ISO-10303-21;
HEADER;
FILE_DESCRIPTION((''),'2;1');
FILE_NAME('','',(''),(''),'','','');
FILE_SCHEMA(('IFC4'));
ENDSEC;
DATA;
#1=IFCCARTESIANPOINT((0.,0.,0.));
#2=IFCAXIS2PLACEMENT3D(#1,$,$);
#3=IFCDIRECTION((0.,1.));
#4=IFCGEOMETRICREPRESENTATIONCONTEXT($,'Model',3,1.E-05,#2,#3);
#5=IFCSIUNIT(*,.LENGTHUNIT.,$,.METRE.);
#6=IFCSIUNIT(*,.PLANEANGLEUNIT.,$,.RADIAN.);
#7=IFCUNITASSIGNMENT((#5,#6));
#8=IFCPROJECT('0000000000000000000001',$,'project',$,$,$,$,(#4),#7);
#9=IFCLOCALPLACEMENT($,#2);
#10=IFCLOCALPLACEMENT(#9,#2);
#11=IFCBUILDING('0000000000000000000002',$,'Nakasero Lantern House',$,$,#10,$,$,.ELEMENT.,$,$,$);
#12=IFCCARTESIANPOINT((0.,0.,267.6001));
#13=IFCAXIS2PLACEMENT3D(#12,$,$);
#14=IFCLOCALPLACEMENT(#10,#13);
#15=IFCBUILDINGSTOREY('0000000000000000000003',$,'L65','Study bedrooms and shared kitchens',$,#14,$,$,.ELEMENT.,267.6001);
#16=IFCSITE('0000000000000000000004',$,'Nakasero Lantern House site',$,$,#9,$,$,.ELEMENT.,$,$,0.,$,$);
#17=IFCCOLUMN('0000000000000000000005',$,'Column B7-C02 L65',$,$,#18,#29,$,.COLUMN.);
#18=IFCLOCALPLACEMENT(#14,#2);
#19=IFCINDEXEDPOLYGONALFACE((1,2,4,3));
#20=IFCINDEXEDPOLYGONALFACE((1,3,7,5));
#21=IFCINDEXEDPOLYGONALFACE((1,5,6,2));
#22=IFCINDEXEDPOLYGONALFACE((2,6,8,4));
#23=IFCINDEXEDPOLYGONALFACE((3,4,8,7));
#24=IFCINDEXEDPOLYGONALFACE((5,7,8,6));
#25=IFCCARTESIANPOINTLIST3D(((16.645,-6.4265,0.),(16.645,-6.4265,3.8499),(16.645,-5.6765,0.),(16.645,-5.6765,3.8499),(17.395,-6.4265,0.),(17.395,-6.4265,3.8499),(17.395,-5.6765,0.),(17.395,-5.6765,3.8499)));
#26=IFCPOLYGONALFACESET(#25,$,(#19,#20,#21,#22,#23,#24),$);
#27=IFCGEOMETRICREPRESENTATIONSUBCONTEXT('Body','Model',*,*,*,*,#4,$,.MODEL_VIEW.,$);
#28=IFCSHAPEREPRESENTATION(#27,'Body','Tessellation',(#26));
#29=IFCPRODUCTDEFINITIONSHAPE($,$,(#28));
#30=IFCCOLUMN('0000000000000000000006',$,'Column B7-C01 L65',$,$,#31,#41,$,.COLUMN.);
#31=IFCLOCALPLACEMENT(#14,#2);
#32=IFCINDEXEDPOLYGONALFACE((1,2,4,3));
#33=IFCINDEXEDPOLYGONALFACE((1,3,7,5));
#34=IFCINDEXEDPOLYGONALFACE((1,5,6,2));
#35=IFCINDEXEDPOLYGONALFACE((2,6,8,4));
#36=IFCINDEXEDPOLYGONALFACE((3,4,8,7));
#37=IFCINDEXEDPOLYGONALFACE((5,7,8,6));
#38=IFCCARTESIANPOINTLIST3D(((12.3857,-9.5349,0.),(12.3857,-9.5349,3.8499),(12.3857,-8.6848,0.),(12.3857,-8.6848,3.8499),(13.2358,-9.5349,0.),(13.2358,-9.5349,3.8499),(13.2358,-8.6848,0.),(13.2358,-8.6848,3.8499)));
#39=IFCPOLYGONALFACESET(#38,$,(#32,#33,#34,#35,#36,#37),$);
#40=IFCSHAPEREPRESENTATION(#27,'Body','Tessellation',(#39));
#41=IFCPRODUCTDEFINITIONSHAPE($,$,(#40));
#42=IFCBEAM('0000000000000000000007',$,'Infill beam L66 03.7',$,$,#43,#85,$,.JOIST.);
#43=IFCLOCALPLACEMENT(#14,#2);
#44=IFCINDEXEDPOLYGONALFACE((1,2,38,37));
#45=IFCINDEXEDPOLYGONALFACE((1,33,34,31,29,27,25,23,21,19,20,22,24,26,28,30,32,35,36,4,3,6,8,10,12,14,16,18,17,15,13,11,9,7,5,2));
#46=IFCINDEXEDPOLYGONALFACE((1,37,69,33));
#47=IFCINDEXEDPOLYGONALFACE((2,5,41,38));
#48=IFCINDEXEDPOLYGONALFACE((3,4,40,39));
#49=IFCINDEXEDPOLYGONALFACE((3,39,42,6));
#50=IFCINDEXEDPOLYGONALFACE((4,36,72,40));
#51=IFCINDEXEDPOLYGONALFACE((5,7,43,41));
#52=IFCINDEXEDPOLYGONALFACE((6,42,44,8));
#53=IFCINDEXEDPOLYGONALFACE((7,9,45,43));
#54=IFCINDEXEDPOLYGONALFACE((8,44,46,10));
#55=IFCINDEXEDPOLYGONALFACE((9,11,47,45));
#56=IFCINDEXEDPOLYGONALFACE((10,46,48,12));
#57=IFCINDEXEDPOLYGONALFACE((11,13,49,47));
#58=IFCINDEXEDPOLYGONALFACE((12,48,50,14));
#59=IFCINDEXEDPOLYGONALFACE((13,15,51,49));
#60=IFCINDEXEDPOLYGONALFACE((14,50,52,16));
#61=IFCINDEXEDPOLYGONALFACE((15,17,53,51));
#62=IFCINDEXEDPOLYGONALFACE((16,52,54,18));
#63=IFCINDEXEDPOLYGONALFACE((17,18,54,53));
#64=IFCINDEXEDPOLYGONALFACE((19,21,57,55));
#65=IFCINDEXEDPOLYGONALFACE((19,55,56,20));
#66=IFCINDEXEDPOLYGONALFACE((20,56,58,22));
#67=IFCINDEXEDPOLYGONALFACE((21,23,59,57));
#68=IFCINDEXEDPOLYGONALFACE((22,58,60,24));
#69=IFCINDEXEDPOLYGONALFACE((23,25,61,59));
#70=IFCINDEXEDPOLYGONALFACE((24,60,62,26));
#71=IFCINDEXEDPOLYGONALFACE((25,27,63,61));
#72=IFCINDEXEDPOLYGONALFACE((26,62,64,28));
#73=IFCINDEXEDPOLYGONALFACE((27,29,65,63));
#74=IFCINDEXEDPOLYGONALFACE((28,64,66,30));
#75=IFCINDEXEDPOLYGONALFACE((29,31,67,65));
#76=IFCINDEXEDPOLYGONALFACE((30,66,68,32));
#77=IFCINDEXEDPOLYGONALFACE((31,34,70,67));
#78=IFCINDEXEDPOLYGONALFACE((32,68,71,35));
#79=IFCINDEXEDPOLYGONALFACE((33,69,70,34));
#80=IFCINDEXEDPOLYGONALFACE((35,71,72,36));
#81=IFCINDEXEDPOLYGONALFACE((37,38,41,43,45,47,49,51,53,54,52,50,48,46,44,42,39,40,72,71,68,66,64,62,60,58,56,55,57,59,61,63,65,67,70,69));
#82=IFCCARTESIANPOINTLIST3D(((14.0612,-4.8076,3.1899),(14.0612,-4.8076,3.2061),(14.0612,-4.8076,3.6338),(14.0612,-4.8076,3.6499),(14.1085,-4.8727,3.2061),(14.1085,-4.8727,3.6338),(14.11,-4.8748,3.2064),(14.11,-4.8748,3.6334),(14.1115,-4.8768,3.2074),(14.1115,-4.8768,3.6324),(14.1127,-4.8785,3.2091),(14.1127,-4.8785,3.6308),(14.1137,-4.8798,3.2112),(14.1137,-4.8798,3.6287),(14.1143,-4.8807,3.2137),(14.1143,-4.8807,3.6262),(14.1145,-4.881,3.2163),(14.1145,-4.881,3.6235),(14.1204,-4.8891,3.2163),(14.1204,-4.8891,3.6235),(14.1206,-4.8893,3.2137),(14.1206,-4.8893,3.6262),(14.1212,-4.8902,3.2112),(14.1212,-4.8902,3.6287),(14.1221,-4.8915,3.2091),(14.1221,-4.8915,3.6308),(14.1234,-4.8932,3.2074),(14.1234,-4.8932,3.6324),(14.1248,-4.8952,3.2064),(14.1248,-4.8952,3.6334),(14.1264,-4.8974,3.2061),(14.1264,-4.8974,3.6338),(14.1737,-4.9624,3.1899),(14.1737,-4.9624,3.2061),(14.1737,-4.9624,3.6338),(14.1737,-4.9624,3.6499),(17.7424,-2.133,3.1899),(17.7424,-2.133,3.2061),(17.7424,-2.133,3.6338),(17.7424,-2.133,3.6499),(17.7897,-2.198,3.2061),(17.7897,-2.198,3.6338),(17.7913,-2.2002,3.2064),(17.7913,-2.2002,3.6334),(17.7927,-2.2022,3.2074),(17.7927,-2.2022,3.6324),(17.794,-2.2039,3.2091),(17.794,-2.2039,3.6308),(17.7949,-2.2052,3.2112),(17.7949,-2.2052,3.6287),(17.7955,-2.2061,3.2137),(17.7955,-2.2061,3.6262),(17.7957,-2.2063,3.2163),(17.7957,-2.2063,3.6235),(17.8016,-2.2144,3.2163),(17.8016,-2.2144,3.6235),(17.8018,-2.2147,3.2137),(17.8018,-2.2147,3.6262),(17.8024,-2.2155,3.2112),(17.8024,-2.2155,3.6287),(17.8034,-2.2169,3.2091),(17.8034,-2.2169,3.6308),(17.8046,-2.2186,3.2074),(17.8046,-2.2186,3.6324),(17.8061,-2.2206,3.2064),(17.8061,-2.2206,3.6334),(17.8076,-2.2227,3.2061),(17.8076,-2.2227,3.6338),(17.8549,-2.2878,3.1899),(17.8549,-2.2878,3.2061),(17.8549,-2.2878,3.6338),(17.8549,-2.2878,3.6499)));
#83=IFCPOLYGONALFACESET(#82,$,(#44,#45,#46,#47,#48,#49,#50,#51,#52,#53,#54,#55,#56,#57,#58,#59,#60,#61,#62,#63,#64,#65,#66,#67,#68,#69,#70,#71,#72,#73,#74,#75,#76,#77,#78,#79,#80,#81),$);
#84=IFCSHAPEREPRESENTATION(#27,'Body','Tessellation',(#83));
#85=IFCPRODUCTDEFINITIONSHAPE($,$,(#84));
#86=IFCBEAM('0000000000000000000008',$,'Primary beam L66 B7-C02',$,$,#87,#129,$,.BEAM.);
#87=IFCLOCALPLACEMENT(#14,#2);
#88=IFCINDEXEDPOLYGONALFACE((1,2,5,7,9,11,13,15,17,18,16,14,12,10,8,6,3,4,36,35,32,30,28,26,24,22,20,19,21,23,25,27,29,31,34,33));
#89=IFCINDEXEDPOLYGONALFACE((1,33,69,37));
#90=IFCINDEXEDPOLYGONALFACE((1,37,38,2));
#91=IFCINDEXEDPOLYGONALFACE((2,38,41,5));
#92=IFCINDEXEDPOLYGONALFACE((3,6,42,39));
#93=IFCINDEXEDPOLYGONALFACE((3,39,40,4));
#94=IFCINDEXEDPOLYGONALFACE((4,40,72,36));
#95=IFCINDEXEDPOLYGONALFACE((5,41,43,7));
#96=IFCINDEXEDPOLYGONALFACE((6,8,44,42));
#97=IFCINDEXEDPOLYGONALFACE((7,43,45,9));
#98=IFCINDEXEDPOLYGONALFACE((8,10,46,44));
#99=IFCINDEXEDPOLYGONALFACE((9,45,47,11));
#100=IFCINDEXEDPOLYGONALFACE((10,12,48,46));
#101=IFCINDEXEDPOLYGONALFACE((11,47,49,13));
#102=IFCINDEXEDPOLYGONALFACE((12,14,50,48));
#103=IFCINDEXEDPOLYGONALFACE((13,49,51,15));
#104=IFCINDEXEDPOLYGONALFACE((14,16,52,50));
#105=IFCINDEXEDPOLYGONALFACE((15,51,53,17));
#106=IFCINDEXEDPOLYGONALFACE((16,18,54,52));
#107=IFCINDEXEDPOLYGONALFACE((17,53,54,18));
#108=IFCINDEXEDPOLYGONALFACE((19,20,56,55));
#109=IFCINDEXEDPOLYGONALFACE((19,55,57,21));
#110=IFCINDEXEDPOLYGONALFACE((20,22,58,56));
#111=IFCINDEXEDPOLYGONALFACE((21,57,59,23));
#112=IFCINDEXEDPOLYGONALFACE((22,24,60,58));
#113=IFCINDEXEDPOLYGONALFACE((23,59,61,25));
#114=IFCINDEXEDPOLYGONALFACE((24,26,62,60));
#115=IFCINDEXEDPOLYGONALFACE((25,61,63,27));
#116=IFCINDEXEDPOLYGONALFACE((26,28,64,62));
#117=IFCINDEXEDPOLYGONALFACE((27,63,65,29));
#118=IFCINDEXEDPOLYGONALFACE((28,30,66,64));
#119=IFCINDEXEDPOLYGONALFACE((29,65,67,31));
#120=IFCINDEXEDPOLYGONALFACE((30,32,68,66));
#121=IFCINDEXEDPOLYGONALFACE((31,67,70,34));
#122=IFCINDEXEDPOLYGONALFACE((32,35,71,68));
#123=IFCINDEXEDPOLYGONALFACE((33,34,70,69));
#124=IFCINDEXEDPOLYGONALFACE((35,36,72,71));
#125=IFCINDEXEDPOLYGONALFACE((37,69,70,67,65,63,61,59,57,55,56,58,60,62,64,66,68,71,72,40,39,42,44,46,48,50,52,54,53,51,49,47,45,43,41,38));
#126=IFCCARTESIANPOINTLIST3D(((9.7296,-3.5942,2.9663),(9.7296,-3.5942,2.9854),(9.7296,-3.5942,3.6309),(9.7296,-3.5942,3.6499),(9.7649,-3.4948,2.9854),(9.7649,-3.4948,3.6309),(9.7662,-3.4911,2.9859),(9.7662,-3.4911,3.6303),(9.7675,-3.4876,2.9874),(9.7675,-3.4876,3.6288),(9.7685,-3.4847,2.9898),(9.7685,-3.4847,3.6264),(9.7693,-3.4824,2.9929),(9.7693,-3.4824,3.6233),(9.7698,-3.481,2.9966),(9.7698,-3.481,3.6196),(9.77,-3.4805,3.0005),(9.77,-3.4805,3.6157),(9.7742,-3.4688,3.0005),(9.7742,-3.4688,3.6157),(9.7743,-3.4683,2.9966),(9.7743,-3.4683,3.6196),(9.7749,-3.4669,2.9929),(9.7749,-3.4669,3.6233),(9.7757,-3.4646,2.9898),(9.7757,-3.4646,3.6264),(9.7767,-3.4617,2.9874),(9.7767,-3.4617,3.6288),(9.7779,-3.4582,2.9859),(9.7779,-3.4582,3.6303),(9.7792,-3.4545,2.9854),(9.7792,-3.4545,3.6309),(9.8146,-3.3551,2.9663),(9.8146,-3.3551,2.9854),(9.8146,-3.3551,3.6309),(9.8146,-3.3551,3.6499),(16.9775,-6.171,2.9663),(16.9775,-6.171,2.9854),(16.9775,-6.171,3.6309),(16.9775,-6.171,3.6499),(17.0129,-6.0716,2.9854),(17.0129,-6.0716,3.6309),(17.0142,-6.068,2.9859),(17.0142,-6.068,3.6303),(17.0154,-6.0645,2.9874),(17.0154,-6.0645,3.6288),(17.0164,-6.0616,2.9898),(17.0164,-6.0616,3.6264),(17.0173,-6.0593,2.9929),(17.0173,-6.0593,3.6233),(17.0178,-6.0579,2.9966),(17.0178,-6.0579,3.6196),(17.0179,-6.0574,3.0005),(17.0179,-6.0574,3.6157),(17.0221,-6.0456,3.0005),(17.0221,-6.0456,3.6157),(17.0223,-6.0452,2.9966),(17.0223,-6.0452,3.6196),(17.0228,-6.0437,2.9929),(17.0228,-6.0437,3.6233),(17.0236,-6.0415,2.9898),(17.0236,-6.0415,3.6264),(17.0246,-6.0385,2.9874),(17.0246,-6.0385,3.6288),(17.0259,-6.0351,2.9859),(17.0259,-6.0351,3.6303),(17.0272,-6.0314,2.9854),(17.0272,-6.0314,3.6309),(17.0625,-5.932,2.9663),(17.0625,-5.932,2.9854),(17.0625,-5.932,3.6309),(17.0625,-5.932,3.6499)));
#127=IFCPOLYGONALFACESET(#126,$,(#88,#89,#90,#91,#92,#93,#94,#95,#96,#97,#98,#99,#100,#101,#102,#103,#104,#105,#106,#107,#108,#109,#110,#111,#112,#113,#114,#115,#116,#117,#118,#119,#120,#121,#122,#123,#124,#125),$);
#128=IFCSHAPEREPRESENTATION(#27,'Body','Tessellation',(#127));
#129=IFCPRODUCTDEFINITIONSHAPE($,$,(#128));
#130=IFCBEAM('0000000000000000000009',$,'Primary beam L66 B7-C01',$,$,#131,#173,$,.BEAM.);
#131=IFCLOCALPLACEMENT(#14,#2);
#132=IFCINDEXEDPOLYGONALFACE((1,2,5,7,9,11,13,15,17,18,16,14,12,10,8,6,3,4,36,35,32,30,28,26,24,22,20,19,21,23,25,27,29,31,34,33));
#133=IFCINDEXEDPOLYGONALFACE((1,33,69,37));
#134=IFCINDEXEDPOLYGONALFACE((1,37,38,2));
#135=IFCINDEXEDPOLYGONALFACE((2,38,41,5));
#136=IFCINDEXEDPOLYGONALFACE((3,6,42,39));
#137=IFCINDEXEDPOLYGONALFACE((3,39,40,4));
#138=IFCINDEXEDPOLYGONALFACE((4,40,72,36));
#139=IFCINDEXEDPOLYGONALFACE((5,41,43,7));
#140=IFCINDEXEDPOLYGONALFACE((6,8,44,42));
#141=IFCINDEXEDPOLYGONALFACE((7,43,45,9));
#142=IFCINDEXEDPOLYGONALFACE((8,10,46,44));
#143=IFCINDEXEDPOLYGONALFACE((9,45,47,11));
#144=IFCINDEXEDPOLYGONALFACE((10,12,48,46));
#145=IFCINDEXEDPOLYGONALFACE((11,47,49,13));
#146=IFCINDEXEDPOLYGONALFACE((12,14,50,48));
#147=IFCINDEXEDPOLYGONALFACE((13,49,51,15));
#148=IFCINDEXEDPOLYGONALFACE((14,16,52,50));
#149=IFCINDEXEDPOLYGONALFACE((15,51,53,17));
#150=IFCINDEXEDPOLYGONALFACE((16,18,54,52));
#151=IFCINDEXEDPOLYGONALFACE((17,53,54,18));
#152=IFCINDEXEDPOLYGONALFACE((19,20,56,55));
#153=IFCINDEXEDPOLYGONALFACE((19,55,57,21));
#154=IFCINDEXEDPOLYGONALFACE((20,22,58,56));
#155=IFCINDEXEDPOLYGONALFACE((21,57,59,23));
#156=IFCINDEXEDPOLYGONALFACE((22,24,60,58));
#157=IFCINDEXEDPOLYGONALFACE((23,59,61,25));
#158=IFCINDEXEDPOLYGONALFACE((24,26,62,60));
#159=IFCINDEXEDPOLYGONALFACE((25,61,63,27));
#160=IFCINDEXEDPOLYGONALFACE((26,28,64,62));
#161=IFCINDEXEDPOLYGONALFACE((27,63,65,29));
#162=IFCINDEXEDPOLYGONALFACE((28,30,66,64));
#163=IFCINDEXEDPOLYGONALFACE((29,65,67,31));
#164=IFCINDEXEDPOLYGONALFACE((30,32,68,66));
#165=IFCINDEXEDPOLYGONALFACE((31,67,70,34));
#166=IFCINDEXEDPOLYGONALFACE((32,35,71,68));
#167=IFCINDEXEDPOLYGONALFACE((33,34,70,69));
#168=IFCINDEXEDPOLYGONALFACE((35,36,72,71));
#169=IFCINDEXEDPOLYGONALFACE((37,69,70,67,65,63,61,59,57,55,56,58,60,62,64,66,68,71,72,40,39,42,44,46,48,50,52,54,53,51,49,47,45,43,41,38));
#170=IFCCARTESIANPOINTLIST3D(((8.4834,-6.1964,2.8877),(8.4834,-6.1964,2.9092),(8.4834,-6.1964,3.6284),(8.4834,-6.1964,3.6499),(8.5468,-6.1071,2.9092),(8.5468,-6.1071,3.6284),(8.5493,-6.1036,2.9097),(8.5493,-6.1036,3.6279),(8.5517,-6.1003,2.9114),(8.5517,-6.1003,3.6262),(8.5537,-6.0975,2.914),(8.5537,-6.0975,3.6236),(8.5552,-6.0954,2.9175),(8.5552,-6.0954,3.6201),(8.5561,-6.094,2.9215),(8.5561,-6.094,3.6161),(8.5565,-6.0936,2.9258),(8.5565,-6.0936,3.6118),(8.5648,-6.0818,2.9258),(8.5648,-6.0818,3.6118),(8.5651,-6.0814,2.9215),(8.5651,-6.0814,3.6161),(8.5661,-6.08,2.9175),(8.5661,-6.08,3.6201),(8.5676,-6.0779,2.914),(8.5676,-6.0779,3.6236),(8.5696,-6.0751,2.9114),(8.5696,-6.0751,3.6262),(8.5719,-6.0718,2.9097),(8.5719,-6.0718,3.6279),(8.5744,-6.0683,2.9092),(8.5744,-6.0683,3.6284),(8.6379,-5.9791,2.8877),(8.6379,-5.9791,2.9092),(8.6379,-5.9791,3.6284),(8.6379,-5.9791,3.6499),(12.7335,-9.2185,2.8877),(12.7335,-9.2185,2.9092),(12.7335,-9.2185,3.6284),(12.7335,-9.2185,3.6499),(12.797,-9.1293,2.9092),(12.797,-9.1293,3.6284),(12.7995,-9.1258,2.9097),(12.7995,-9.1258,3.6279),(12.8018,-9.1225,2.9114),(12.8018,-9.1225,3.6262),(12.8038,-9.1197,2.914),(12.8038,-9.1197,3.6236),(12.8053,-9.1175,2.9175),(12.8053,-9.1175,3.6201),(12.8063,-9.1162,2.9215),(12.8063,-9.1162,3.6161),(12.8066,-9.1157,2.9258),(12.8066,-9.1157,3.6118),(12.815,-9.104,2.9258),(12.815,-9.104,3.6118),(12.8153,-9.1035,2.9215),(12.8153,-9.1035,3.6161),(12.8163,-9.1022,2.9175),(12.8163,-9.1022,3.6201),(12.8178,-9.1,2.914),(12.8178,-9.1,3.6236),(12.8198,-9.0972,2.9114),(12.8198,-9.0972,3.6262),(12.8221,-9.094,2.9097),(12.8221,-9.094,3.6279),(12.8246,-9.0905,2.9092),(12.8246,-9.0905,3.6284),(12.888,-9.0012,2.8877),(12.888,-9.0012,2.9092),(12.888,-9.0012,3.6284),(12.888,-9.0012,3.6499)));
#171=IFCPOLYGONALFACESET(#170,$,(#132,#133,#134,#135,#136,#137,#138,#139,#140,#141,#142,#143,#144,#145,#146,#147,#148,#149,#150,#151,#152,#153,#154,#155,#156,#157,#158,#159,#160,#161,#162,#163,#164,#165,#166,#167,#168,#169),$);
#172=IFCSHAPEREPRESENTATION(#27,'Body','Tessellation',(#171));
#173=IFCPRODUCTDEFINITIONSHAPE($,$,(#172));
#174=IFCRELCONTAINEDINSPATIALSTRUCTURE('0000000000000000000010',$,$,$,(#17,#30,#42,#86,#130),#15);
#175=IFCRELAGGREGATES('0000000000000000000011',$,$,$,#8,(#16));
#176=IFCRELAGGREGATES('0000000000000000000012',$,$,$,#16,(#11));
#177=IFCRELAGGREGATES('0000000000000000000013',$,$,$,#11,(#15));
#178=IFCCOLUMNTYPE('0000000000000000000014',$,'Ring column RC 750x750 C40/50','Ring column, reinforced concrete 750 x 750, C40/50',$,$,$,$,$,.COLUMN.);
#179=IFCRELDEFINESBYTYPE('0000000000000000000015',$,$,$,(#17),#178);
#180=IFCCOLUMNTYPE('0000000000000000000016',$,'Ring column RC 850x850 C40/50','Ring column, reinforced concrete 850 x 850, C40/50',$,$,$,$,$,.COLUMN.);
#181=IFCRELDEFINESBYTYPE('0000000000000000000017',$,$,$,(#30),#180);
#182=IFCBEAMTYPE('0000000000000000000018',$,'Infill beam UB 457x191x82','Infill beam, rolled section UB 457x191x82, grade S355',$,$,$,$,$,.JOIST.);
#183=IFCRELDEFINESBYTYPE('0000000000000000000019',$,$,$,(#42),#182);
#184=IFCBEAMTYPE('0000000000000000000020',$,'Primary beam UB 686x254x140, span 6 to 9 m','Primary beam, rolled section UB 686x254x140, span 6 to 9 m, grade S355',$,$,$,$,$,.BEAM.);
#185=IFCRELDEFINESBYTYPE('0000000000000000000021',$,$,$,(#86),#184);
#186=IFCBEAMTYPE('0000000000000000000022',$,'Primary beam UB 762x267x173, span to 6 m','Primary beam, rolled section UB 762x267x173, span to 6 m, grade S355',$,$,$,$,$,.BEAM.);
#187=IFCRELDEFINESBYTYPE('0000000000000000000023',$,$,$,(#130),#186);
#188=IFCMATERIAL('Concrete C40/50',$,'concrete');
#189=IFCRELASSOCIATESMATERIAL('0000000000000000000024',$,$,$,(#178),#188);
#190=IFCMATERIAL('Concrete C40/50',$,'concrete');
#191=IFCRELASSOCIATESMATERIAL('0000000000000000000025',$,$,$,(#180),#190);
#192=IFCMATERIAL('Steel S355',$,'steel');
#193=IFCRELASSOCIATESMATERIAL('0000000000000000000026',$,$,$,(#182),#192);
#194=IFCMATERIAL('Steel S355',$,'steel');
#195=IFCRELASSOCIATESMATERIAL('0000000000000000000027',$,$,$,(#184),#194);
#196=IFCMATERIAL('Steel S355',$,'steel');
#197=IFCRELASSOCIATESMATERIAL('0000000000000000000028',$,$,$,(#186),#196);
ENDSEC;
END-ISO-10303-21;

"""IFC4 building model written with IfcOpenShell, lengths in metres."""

from ifc_helpers import new_model, si_unit, direction, frame, origin, origin_2d, place, context, subcontext, project, spatial, rectangle, i_section, extrude, material, material_profile, profile_set, type_object, element, save


model = new_model("IFC4")

# Units and contexts
model_context = context("Model", 3, precision=1e-05, world=origin(), true_north=direction((0.0, 1.0)))
body_context = subcontext(model_context, "Body", "Model", "MODEL_VIEW")
ifc_project = project(units=[si_unit("LENGTHUNIT", "METRE"), si_unit("PLANEANGLEUNIT", "RADIAN")], contexts=[model_context])

# Site, building, storey
site_placement = place(None, origin())
site = spatial("IfcSite", under=ifc_project, at=site_placement, Name="Nakasero Lantern House site", CompositionType="ELEMENT", RefElevation=0.0)
building_placement = place(site_placement, origin())
building = spatial("IfcBuilding", under=site, at=building_placement, Name="Nakasero Lantern House", CompositionType="ELEMENT")
storey_placement = place(building_placement, frame((0.0, 0.0, 267.6001)))
storey = spatial("IfcBuildingStorey", under=building, at=storey_placement, Name="L65", Description="Study bedrooms and shared kitchens", CompositionType="ELEMENT", Elevation=267.6001)

# Columns
ifc_material_1 = material(Name="Concrete C40/50", Category="concrete")
ifc_material_profile_1 = material_profile(ifc_material_1, rectangle(XDim=0.75, YDim=0.75, at=origin_2d()), Name="RC 750x750")
ifc_profile_set_1 = profile_set([ifc_material_profile_1], Name="Concrete C40/50")
column_type_1 = type_object("IfcColumnType", Name="Ring column RC 750x750 C40/50", Description="Ring column, reinforced concrete 750 x 750, C40/50", PredefinedType="COLUMN", material=ifc_profile_set_1)
column_1_placement = place(storey_placement, frame((17.02, -6.0515, 0.0), z_axis=(0.0, 0.0, 1.0), x_axis=(1.0, 0.0, 0.0)))
element("IfcColumn", 1, at=column_1_placement, inside=storey, type_object=column_type_1, Name="Column B7-C02 L65", PredefinedType="COLUMN", context=body_context, shape_type="SweptSolid", body=[
    extrude(rectangle(XDim=0.75, YDim=0.75, at=origin_2d()), origin(), (0.0, 0.0, 1.0), 3.8499),
])
ifc_material_2 = material(Name="Concrete C40/50", Category="concrete")
ifc_material_profile_2 = material_profile(ifc_material_2, rectangle(XDim=0.8501, YDim=0.8501, at=origin_2d()), Name="RC 850x850")
ifc_profile_set_2 = profile_set([ifc_material_profile_2], Name="Concrete C40/50")
column_type_2 = type_object("IfcColumnType", Name="Ring column RC 850x850 C40/50", Description="Ring column, reinforced concrete 850 x 850, C40/50", PredefinedType="COLUMN", material=ifc_profile_set_2)
column_2_placement = place(storey_placement, frame((12.8108, -9.1099, 0.0), z_axis=(0.0, 0.0, 1.0), x_axis=(1.0, 0.0, 0.0)))
element("IfcColumn", 2, at=column_2_placement, inside=storey, type_object=column_type_2, Name="Column B7-C01 L65", PredefinedType="COLUMN", context=body_context, shape_type="SweptSolid", body=[
    extrude(rectangle(XDim=0.8501, YDim=0.8501, at=origin_2d()), origin(), (0.0, 0.0, 1.0), 3.8499),
])

# Beams
ifc_material_3 = material(Name="Steel S355", Category="steel")
ifc_material_profile_3 = material_profile(ifc_material_3, i_section(OverallWidth=0.1914, OverallDepth=0.46, WebThickness=0.01, FlangeThickness=0.0161, FilletRadius=0.0103, at=origin_2d()), Name="UB 457x191x82")
ifc_profile_set_3 = profile_set([ifc_material_profile_3], Name="Steel S355")
beam_type_1 = type_object("IfcBeamType", Name="Infill beam UB 457x191x82", Description="Infill beam, rolled section UB 457x191x82, grade S355", PredefinedType="JOIST", material=ifc_profile_set_3)
beam_1_placement = place(storey_placement, frame((14.1174, -4.885, 3.4199), z_axis=(0.809012, 0.587792, 0.0), x_axis=(-0.587792, 0.809012, 0.0)))
element("IfcBeam", 3, at=beam_1_placement, inside=storey, type_object=beam_type_1, Name="Infill beam L66 03.7", PredefinedType="JOIST", context=body_context, shape_type="SweptSolid", body=[
    extrude(i_section(OverallWidth=0.1914, OverallDepth=0.46, WebThickness=0.01, FlangeThickness=0.0161, FilletRadius=0.0103, at=origin_2d()), origin(), (0.0, 0.0, 1.0), 4.5503),
])
ifc_material_4 = material(Name="Steel S355", Category="steel")
ifc_material_profile_4 = material_profile(ifc_material_4, i_section(OverallWidth=0.2537, OverallDepth=0.6836, WebThickness=0.0125, FlangeThickness=0.019, FilletRadius=0.0151, at=origin_2d()), Name="UB 686x254x140")
ifc_profile_set_4 = profile_set([ifc_material_profile_4], Name="Steel S355")
beam_type_2 = type_object("IfcBeamType", Name="Primary beam UB 686x254x140, span 6 to 9 m", Description="Primary beam, rolled section UB 686x254x140, span 6 to 9 m, grade S355", PredefinedType="BEAM", material=ifc_profile_set_4)
beam_2_placement = place(storey_placement, frame((17.02, -6.0515, 3.3081), z_axis=(-0.942222, 0.334989, 0.0), x_axis=(-0.334989, -0.942222, 0.0)))
element("IfcBeam", 4, at=beam_2_placement, inside=storey, type_object=beam_type_2, Name="Primary beam L66 B7-C02", PredefinedType="BEAM", context=body_context, shape_type="SweptSolid", body=[
    extrude(i_section(OverallWidth=0.2537, OverallDepth=0.6836, WebThickness=0.0125, FlangeThickness=0.019, FilletRadius=0.0151, at=origin_2d()), origin(), (0.0, 0.0, 1.0), 7.6924),
])
ifc_material_5 = material(Name="Steel S355", Category="steel")
ifc_material_profile_5 = material_profile(ifc_material_5, i_section(OverallWidth=0.2666, OverallDepth=0.7622, WebThickness=0.0144, FlangeThickness=0.0215, FilletRadius=0.0166, at=origin_2d()), Name="UB 762x267x173")
ifc_profile_set_5 = profile_set([ifc_material_profile_5], Name="Steel S355")
beam_type_3 = type_object("IfcBeamType", Name="Primary beam UB 762x267x173, span to 6 m", Description="Primary beam, rolled section UB 762x267x173, span to 6 m, grade S355", PredefinedType="BEAM", material=ifc_profile_set_5)
beam_3_placement = place(storey_placement, frame((12.8108, -9.1099, 3.2688), z_axis=(-0.814972, 0.579501, 0.0), x_axis=(-0.579501, -0.814972, 0.0)))
element("IfcBeam", 5, at=beam_3_placement, inside=storey, type_object=beam_type_3, Name="Primary beam L66 B7-C01", PredefinedType="BEAM", context=body_context, shape_type="SweptSolid", body=[
    extrude(i_section(OverallWidth=0.2666, OverallDepth=0.7622, WebThickness=0.0144, FlangeThickness=0.0215, FilletRadius=0.0166, at=origin_2d()), origin(), (0.0, 0.0, 1.0), 5.2151),
])

save(model, "model.ifc")
